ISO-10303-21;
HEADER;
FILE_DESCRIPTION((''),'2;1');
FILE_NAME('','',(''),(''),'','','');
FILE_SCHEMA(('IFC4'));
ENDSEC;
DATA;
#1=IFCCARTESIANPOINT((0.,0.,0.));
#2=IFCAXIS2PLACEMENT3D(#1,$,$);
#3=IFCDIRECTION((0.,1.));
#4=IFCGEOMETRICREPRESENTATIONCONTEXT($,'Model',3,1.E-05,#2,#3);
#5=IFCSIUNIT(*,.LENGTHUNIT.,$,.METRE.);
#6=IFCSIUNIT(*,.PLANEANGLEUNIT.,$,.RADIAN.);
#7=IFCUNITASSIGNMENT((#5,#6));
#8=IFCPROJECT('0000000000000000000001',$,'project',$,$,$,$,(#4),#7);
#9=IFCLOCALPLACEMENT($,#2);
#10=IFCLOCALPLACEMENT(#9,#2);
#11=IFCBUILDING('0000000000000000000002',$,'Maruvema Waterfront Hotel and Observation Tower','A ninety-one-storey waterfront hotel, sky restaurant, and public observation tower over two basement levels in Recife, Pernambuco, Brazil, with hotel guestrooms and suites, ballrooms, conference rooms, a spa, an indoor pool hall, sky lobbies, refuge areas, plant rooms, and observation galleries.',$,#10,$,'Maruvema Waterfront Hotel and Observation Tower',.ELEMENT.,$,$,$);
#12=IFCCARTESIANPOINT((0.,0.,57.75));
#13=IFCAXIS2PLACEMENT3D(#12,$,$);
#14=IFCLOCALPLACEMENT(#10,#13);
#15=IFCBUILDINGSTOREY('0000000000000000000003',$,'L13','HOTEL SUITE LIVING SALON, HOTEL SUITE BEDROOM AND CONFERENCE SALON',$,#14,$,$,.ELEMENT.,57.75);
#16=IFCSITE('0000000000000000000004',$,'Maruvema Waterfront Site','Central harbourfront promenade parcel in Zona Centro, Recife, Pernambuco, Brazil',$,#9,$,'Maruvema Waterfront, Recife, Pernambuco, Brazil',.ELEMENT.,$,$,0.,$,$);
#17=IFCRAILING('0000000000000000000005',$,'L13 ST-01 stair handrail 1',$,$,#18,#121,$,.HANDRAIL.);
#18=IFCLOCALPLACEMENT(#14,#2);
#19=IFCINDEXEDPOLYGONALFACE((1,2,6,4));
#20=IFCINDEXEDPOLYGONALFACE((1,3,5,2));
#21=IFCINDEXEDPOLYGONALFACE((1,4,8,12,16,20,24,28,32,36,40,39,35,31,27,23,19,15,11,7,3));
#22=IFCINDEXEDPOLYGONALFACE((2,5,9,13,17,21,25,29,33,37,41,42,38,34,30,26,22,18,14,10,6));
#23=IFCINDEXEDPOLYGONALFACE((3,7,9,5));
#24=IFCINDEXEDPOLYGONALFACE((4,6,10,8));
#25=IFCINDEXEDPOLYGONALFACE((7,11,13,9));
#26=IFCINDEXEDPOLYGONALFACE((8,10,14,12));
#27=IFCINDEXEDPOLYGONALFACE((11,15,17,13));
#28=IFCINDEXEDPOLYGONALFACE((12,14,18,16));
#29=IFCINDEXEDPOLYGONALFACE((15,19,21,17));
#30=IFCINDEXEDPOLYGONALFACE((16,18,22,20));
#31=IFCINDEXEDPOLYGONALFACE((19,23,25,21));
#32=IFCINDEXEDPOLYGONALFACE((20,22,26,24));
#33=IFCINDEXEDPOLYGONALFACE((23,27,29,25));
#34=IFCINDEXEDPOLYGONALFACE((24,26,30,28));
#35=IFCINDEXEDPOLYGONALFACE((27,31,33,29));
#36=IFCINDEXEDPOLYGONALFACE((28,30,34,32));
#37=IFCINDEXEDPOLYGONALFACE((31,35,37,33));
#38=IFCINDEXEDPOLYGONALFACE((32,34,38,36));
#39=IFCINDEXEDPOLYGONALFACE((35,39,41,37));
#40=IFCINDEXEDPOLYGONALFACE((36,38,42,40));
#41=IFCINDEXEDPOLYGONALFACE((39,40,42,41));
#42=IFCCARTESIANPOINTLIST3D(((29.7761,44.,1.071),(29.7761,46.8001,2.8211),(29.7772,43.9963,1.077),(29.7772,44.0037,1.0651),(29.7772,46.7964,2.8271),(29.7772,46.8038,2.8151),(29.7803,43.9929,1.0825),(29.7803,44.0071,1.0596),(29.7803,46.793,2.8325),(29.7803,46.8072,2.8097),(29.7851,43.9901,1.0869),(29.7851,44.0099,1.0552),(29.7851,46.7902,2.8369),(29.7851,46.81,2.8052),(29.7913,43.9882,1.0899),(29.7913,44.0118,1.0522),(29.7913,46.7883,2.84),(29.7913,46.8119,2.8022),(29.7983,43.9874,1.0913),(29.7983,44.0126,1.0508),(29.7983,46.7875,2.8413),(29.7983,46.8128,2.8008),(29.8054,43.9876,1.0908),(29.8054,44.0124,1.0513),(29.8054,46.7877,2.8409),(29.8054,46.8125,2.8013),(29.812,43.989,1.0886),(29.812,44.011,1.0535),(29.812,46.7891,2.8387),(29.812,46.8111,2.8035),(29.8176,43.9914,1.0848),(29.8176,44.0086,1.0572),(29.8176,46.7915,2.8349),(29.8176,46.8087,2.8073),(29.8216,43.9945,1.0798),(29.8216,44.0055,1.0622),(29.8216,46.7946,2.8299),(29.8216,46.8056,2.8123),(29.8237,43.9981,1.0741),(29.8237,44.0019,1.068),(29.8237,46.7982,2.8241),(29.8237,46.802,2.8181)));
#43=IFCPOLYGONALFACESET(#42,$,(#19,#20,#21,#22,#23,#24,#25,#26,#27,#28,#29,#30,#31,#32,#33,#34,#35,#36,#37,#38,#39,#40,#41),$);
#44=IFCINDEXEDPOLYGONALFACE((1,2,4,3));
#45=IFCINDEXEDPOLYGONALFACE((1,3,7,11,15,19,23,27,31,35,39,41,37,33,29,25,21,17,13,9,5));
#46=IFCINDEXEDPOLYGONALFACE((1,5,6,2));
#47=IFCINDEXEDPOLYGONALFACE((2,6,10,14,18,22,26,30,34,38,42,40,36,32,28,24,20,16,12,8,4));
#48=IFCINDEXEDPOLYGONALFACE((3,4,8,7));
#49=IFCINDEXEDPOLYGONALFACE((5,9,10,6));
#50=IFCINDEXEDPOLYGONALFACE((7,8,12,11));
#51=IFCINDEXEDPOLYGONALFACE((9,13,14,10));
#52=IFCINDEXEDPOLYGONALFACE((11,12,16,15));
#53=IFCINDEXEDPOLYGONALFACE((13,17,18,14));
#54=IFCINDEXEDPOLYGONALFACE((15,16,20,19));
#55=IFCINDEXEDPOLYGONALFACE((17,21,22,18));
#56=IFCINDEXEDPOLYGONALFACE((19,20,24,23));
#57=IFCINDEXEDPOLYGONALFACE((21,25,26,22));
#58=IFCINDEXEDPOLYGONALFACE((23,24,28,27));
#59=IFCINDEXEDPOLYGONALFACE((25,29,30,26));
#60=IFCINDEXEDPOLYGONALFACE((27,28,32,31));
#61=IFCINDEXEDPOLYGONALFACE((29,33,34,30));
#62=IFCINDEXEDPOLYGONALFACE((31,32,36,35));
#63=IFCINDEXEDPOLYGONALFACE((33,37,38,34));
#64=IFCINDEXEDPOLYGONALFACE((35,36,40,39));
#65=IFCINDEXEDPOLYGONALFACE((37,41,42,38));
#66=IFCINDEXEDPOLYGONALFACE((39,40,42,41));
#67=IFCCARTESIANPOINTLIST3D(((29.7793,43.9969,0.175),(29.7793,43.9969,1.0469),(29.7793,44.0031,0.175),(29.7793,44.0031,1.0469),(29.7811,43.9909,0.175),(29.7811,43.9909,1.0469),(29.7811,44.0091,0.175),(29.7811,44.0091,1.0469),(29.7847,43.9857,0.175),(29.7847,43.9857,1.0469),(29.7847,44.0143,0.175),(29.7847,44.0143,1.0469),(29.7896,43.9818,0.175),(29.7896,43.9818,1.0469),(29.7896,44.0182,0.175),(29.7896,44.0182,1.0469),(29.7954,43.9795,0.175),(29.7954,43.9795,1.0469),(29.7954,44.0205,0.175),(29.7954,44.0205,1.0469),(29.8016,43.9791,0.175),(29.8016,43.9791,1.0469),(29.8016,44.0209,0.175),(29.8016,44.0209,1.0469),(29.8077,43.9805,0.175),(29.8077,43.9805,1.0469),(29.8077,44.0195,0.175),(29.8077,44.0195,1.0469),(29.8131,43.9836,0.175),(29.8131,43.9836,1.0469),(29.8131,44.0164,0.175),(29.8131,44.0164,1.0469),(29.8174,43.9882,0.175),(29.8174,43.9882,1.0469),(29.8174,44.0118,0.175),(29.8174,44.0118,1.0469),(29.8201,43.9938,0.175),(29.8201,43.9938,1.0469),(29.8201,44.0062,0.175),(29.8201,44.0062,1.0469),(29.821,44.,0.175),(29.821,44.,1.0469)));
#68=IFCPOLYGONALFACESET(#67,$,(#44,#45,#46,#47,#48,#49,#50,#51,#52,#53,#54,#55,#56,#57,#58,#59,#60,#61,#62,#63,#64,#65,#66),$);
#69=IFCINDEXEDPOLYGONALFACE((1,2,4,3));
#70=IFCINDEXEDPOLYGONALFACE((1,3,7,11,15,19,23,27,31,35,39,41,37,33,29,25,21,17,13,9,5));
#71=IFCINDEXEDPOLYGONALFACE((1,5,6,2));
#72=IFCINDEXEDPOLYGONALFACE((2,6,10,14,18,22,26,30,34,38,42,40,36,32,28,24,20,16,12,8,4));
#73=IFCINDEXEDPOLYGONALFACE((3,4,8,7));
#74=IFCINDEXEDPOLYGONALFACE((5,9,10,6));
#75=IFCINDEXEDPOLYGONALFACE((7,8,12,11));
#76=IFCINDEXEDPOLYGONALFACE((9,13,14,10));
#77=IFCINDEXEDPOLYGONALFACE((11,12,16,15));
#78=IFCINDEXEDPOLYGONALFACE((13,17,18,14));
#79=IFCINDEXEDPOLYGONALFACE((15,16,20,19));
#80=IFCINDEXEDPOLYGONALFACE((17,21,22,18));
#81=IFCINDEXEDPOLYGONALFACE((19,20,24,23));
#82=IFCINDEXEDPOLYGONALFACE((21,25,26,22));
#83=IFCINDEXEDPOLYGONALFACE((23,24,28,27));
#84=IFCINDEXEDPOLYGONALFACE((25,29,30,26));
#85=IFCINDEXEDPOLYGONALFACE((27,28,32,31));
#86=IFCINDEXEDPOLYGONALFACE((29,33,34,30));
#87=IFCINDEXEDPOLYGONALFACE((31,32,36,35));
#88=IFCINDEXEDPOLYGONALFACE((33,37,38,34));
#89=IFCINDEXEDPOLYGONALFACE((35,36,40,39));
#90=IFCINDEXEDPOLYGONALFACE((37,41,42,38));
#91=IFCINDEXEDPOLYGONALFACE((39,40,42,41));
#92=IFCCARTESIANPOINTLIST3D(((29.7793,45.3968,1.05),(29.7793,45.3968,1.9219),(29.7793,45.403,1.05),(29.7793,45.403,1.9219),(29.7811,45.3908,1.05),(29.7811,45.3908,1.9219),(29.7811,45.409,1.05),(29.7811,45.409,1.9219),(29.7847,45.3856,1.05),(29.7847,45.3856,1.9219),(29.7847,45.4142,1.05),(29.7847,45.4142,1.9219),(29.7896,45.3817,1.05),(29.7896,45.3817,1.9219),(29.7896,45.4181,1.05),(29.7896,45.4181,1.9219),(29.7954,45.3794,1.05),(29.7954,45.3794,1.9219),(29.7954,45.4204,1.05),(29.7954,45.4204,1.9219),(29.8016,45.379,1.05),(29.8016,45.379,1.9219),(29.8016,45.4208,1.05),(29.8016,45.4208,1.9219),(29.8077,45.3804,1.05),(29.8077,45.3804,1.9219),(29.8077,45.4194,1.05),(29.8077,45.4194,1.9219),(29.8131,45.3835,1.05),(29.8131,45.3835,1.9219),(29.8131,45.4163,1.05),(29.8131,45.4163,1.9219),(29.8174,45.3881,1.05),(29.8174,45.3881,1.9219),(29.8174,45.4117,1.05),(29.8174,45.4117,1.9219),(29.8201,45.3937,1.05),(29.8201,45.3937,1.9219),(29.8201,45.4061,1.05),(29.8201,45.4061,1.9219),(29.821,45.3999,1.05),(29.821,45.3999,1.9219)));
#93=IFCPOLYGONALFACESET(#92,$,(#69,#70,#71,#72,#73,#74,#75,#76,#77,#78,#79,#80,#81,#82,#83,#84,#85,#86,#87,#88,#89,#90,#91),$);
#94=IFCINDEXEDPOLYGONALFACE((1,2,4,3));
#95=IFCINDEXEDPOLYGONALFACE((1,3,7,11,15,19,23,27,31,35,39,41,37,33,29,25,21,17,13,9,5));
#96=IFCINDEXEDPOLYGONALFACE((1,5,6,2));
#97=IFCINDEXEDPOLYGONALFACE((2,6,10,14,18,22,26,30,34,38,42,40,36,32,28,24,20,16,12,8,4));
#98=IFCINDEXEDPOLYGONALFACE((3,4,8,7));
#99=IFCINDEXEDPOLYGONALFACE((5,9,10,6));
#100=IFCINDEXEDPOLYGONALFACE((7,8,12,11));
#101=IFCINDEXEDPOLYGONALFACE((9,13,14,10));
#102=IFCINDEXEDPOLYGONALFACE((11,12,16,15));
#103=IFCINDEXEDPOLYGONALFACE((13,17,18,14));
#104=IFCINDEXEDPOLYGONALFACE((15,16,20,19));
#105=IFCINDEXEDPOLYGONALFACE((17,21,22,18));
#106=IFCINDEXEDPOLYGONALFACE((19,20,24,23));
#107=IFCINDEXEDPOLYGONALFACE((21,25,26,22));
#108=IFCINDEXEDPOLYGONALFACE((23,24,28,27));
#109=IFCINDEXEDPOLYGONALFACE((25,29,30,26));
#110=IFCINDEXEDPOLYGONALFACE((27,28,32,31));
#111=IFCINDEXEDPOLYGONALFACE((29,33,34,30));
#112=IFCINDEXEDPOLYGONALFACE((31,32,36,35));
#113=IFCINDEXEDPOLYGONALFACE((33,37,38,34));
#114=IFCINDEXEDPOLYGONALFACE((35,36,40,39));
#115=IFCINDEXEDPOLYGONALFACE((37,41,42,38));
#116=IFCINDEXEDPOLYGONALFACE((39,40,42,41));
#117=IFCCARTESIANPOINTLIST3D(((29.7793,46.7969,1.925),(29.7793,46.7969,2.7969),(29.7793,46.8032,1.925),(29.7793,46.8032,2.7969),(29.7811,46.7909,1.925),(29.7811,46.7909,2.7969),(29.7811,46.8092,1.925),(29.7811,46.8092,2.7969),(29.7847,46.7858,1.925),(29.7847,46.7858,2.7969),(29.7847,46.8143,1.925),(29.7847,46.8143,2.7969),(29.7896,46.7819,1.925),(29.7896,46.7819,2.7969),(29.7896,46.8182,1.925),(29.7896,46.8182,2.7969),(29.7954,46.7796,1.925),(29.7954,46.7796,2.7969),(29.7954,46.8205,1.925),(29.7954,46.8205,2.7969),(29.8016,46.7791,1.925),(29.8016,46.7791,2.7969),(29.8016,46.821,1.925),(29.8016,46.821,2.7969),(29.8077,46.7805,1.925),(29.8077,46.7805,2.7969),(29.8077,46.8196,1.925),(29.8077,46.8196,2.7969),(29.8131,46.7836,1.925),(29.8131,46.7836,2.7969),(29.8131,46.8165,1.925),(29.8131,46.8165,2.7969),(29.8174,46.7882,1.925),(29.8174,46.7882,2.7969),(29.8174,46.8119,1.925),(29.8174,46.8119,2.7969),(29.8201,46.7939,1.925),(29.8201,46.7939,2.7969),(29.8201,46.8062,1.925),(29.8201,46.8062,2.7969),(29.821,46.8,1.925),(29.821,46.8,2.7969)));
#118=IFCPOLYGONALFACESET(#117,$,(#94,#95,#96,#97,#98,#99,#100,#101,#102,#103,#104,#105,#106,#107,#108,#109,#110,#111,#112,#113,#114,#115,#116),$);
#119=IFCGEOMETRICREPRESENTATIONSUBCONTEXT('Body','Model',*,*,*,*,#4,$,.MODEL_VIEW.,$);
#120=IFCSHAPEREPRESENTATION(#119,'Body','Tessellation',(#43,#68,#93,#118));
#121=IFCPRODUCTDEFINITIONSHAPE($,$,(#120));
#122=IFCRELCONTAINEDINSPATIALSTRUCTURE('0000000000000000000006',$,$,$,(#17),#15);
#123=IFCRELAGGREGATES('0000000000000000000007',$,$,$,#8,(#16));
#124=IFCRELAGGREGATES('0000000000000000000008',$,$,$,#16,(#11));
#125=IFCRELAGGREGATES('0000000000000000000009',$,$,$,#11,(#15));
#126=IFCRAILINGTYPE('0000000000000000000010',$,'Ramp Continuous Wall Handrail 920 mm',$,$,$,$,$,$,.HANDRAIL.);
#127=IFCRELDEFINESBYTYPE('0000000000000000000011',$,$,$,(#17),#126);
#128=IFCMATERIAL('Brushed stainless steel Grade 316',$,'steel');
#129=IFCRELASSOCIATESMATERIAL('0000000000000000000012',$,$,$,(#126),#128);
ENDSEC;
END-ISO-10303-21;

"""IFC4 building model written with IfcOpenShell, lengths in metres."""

from ifc_helpers import new_model, si_unit, direction, frame, origin, origin_2d, place, context, subcontext, project, spatial, circle, extrude, material, type_object, element, save


model = new_model("IFC4")

# Units and contexts
model_context = context("Model", 3, precision=1e-05, world=origin(), true_north=direction((0.0, 1.0)))
body_context = subcontext(model_context, "Body", "Model", "MODEL_VIEW")
ifc_project = project(units=[si_unit("LENGTHUNIT", "METRE"), si_unit("PLANEANGLEUNIT", "RADIAN")], contexts=[model_context])

# Site, building, storey
site_placement = place(None, origin())
site = spatial("IfcSite", under=ifc_project, at=site_placement, Name="Maruvema Waterfront Site", Description="Central harbourfront promenade parcel in Zona Centro, Recife, Pernambuco, Brazil", LongName="Maruvema Waterfront, Recife, Pernambuco, Brazil", CompositionType="ELEMENT", RefElevation=0.0)
building_placement = place(site_placement, origin())
building = spatial("IfcBuilding", under=site, at=building_placement, Name="Maruvema Waterfront Hotel and Observation Tower", Description="A ninety-one-storey waterfront hotel, sky restaurant, and public observation tower over two basement levels in Recife, Pernambuco, Brazil, with hotel guestrooms and suites, ballrooms, conference rooms, a spa, an indoor pool hall, sky lobbies, refuge areas, plant rooms, and observation galleries.", LongName="Maruvema Waterfront Hotel and Observation Tower", CompositionType="ELEMENT")
storey_placement = place(building_placement, frame((0.0, 0.0, 57.75)))
storey = spatial("IfcBuildingStorey", under=building, at=storey_placement, Name="L13", Description="HOTEL SUITE LIVING SALON, HOTEL SUITE BEDROOM AND CONFERENCE SALON", CompositionType="ELEMENT", Elevation=57.75)

# Railing
ifc_material_1 = material(Name="Brushed stainless steel Grade 316", Category="steel")
railing_type_1 = type_object("IfcRailingType", Name="Ramp Continuous Wall Handrail 920 mm", PredefinedType="HANDRAIL", material=ifc_material_1)
railing_1_placement = place(storey_placement, frame((29.8, 44.0, 0.175)))
element("IfcRailing", 1, at=railing_1_placement, inside=storey, type_object=railing_type_1, Name="L13 ST-01 stair handrail 1", PredefinedType="HANDRAIL", context=body_context, shape_type="SweptSolid", body=[
    extrude(circle(Radius=0.0239, at=origin_2d()), frame((0.0, 0.0, 0.896), z_axis=(0.0, 0.848002, 0.529992), x_axis=(-1.0, 0.0, 0.0)), (0.0, 0.0, 1.0), 3.302),
    extrude(circle(Radius=0.021, at=origin_2d()), origin(), (0.0, 0.0, 1.0), 0.8718),
    extrude(circle(Radius=0.021, at=origin_2d()), frame((0.0, 1.3999, 0.875)), (0.0, 0.0, 1.0), 0.8718),
    extrude(circle(Radius=0.021, at=origin_2d()), frame((0.0, 2.8, 1.75)), (0.0, 0.0, 1.0), 0.8718),
])

save(model, "model.ifc")
